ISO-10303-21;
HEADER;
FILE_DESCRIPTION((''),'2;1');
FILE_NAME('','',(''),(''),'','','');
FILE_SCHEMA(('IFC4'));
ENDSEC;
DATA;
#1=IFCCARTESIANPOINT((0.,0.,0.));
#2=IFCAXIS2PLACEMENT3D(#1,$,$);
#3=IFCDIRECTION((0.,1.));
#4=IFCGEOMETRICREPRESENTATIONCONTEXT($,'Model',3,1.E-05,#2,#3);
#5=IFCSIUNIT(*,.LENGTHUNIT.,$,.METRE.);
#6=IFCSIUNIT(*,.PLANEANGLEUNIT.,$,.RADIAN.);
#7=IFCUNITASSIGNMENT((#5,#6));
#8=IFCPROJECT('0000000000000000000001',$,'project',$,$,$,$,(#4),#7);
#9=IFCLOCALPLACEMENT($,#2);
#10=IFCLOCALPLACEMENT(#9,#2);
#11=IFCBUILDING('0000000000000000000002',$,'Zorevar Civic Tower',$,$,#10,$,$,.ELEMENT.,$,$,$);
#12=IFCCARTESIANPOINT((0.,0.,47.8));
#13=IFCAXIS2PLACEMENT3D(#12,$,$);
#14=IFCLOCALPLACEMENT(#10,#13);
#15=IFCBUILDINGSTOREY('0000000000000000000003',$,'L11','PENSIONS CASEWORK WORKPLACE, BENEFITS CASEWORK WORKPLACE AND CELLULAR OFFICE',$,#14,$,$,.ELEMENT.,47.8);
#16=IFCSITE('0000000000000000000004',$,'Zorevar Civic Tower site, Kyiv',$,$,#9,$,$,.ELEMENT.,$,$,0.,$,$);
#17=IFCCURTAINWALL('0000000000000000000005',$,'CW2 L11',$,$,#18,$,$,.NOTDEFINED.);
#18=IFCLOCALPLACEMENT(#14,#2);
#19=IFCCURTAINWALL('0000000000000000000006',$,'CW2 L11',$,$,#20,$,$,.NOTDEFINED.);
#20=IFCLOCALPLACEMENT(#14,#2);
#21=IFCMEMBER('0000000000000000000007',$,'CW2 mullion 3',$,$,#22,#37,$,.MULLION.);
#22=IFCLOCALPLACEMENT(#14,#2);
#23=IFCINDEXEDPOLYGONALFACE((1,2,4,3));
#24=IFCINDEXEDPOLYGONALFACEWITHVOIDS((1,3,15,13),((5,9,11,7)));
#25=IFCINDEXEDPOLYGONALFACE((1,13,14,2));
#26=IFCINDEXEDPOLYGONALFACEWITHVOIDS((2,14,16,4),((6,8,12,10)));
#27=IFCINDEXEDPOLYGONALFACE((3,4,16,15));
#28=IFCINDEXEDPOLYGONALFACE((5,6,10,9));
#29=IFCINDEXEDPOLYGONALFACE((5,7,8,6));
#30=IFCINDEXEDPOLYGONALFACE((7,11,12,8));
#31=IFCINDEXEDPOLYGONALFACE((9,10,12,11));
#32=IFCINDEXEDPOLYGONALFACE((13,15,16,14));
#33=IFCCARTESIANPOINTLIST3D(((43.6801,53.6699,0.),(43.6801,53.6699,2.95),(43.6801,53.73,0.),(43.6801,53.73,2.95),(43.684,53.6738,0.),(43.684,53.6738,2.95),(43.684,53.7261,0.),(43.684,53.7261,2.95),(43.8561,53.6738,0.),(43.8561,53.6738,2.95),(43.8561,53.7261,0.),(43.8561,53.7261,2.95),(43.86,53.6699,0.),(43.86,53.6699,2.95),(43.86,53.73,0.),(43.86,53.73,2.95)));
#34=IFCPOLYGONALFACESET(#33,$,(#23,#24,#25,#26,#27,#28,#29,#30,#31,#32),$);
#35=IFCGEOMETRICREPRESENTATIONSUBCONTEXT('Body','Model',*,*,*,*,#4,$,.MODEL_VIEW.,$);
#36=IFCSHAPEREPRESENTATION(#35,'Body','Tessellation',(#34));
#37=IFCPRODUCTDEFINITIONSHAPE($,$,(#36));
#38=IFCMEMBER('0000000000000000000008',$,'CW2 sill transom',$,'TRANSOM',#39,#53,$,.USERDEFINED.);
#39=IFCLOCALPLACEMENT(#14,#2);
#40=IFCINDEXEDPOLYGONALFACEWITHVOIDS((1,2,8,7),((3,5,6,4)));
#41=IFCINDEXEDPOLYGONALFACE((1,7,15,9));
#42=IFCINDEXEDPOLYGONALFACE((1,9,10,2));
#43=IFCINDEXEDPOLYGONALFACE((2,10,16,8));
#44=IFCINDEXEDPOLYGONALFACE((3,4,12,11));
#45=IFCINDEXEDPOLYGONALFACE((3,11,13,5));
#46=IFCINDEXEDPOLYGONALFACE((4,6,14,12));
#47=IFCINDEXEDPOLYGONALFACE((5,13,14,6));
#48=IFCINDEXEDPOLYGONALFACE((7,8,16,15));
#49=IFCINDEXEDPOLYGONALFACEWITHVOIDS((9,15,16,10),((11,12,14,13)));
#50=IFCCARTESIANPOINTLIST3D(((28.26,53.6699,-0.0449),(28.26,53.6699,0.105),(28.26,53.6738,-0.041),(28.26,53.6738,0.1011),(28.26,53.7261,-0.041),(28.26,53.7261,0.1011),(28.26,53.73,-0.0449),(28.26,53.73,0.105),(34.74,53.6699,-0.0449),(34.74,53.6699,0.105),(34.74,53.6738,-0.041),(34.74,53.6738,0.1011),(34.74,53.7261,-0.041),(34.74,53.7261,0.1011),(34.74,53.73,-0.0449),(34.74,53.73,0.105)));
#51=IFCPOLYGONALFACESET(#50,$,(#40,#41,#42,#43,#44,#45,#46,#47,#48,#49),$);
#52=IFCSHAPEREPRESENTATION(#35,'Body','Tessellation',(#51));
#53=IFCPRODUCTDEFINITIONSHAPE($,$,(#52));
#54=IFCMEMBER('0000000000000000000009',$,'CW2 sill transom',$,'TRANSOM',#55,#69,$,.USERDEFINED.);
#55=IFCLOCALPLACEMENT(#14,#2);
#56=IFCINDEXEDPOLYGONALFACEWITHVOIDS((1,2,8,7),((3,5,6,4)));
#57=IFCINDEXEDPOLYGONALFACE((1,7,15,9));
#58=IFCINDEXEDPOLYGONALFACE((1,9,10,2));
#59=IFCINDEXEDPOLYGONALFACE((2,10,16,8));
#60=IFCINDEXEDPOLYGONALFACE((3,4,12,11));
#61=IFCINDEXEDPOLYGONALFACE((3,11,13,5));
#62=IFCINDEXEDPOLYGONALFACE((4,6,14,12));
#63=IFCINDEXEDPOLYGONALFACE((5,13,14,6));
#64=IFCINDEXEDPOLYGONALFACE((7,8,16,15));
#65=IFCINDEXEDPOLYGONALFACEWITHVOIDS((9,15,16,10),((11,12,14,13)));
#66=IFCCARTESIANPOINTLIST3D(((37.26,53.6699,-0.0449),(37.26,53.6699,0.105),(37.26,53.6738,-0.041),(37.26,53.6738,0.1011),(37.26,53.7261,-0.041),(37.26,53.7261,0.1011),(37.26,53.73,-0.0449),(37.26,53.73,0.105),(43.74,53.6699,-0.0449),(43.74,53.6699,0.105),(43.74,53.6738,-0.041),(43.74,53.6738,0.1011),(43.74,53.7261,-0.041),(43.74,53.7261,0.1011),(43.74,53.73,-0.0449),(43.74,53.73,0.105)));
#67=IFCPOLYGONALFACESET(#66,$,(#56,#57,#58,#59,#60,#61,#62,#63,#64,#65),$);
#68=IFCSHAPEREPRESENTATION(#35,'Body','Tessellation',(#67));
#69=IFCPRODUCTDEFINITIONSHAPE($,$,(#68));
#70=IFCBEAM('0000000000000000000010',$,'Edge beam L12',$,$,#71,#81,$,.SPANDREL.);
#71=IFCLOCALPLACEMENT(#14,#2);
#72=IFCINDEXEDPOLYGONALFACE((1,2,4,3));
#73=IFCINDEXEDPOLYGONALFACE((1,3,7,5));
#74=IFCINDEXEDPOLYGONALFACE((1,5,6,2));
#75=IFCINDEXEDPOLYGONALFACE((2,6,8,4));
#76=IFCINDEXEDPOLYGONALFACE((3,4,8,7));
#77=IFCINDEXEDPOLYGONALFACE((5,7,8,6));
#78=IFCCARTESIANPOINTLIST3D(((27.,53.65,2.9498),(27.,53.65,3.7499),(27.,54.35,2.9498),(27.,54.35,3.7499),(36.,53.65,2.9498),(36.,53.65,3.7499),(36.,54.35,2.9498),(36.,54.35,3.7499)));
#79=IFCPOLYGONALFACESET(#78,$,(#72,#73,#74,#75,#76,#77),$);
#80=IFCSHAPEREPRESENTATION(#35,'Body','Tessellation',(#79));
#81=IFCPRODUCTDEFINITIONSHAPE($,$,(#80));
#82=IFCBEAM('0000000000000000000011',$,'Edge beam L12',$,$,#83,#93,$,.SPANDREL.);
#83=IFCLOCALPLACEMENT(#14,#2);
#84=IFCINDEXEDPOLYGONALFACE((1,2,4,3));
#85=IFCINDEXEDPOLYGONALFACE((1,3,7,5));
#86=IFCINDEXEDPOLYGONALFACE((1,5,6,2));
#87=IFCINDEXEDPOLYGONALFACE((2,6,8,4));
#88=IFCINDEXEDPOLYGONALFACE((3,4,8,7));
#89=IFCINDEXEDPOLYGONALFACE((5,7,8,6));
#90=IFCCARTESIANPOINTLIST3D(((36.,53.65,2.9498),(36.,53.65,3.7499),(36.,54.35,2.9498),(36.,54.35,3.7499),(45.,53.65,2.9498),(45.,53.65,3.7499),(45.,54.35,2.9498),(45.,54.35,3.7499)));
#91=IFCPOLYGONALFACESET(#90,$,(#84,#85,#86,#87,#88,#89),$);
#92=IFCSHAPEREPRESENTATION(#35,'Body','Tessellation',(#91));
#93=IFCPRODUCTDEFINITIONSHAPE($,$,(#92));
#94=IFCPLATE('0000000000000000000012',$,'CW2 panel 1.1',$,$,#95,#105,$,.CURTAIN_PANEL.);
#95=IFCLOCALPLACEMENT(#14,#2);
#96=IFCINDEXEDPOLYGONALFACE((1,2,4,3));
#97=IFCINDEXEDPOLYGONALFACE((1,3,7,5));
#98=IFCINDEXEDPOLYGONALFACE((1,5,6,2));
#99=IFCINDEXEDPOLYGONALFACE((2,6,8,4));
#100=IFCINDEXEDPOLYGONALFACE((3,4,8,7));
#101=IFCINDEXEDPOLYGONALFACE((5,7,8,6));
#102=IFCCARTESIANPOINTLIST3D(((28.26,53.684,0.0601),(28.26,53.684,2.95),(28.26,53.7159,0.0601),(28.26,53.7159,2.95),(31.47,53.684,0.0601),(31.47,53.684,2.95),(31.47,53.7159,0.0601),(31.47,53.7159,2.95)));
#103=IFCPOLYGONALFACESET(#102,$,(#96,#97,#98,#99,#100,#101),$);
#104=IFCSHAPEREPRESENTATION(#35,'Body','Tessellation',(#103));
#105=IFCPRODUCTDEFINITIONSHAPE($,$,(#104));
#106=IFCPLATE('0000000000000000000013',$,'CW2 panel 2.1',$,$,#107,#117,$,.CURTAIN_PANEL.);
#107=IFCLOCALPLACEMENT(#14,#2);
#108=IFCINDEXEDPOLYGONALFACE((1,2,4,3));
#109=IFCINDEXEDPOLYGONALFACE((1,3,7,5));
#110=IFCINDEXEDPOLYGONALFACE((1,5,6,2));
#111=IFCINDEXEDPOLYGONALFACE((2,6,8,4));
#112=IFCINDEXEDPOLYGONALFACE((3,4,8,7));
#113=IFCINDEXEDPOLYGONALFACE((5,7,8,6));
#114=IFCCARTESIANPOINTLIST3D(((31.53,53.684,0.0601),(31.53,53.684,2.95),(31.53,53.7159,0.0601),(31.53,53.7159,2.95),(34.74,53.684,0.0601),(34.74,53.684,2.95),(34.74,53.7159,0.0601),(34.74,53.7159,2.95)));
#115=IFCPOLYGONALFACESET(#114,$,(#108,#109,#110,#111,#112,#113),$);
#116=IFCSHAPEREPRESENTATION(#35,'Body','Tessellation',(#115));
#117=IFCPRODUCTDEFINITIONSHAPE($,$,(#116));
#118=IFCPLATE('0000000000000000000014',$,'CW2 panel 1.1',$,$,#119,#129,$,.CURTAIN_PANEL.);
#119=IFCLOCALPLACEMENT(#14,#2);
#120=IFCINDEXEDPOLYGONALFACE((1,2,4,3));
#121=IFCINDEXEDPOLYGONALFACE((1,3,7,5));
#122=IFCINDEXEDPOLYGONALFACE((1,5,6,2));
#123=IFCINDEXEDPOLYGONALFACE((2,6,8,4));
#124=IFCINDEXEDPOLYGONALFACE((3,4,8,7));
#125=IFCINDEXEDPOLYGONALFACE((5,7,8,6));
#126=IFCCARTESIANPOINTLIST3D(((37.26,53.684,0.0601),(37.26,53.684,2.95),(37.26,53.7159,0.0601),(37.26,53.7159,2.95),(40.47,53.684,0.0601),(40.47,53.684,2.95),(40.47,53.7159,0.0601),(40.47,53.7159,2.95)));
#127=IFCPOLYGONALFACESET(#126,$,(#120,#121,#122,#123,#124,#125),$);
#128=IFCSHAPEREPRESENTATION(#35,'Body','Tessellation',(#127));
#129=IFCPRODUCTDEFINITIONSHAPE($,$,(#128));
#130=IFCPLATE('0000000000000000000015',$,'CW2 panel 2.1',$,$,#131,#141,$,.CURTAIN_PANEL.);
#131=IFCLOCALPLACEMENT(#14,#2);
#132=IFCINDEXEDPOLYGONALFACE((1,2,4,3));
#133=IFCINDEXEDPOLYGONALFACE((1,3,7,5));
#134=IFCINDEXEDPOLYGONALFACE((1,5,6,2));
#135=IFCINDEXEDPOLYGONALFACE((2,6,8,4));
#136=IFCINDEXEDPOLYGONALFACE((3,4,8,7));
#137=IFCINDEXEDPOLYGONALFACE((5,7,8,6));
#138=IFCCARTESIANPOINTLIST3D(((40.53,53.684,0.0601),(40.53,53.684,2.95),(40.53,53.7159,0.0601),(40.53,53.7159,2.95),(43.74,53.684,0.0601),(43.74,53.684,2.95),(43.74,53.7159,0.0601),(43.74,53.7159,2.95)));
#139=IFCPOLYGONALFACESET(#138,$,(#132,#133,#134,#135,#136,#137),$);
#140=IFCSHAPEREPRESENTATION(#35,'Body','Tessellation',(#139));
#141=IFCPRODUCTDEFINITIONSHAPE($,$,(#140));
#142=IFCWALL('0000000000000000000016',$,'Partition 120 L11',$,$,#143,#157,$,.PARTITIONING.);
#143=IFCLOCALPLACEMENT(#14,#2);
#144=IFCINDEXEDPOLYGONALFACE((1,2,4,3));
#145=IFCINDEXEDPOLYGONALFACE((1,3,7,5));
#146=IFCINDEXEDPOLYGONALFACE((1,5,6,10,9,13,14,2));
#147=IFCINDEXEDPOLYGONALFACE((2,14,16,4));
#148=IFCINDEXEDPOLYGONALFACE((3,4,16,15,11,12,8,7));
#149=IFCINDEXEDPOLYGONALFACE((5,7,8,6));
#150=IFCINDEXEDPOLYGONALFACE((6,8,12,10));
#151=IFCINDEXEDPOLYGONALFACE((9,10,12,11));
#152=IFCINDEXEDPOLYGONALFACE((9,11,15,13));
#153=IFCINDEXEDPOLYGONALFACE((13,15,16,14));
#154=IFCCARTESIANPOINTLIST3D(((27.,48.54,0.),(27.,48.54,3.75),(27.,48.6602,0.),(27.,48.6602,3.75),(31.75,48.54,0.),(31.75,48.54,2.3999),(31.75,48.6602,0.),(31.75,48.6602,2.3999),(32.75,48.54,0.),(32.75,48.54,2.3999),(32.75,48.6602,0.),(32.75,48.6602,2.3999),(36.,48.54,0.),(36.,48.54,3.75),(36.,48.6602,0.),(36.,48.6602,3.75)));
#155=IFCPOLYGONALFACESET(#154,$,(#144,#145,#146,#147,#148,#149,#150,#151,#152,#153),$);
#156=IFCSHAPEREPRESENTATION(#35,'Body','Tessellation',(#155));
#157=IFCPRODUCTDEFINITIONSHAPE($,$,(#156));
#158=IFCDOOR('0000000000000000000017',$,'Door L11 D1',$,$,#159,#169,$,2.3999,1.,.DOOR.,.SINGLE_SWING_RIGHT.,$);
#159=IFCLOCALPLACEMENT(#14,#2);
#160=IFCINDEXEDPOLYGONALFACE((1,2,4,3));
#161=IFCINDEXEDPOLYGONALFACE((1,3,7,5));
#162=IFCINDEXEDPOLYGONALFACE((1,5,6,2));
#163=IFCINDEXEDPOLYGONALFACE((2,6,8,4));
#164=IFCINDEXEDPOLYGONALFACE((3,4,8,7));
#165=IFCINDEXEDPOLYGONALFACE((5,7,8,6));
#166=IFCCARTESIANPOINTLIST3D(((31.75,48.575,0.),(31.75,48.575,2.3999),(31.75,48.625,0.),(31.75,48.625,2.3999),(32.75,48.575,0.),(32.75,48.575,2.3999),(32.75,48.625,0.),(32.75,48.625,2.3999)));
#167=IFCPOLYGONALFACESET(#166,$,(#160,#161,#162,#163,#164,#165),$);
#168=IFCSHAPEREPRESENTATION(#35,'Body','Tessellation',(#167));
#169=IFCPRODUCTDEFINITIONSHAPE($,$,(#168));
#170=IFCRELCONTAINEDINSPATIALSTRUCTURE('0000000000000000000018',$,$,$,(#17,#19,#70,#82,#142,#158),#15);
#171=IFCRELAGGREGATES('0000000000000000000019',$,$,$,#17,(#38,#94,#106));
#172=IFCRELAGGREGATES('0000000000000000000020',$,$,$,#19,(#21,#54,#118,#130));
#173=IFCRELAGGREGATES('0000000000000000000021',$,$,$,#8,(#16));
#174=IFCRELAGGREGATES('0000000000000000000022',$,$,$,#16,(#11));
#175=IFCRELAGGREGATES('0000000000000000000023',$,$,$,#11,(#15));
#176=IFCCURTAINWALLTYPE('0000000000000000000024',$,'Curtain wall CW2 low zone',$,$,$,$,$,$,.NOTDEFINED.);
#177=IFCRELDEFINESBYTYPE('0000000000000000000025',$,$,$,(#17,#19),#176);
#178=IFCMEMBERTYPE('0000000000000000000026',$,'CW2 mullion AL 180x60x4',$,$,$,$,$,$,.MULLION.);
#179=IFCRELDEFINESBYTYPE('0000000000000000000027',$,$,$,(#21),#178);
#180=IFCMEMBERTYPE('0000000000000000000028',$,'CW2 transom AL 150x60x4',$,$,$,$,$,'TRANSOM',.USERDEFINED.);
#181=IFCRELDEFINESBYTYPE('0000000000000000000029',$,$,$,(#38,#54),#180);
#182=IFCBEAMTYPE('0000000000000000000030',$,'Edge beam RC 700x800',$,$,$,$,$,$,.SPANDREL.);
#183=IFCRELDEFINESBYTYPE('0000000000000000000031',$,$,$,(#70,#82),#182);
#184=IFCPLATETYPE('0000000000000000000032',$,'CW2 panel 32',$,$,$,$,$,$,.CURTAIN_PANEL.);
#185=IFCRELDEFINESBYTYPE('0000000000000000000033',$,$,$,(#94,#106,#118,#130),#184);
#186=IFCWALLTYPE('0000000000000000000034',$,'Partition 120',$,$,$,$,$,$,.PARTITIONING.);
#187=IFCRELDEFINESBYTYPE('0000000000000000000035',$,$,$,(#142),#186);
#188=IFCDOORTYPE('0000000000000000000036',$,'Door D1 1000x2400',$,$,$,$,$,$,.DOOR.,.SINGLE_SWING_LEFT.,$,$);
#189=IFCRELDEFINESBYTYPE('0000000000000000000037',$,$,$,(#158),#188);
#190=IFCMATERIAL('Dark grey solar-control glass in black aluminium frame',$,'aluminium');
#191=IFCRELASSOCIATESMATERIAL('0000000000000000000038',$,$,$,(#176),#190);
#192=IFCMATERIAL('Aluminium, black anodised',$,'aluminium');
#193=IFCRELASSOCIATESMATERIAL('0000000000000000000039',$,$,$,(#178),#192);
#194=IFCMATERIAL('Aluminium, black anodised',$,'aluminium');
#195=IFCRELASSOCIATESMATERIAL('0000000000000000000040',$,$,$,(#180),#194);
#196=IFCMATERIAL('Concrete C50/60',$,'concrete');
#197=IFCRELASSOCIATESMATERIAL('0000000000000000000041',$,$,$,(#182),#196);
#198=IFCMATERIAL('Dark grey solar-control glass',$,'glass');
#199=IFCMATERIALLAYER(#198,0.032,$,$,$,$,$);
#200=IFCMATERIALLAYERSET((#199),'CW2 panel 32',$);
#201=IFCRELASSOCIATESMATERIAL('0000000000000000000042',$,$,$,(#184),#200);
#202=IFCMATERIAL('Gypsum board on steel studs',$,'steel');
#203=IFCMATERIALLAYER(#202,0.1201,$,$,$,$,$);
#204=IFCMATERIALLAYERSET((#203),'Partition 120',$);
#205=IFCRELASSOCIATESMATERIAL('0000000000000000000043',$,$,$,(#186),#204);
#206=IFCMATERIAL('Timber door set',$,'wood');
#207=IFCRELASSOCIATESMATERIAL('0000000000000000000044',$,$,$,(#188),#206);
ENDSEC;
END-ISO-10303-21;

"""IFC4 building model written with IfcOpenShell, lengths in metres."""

from ifc_helpers import new_model, si_unit, direction, frame, frame_2d, origin, origin_2d, place, context, subcontext, project, spatial, rectangle, hollow_rectangle, extrude, material, layer, layer_set, material_profile, profile_set, type_object, element, fill, aggregate, save


model = new_model("IFC4")

# Units and contexts
model_context = context("Model", 3, precision=1e-05, world=origin(), true_north=direction((0.0, 1.0)))
body_context = subcontext(model_context, "Body", "Model", "MODEL_VIEW")
ifc_project = project(units=[si_unit("LENGTHUNIT", "METRE"), si_unit("PLANEANGLEUNIT", "RADIAN")], contexts=[model_context])

# Site, building, storey
site_placement = place(None, origin())
site = spatial("IfcSite", under=ifc_project, at=site_placement, Name="Zorevar Civic Tower site, Kyiv", CompositionType="ELEMENT", RefElevation=0.0)
building_placement = place(site_placement, origin())
building = spatial("IfcBuilding", under=site, at=building_placement, Name="Zorevar Civic Tower", CompositionType="ELEMENT")
storey_placement = place(building_placement, frame((0.0, 0.0, 47.8)))
storey = spatial("IfcBuildingStorey", under=building, at=storey_placement, Name="L11", Description="PENSIONS CASEWORK WORKPLACE, BENEFITS CASEWORK WORKPLACE AND CELLULAR OFFICE", CompositionType="ELEMENT", Elevation=47.8)

# Curtain walls, member
ifc_material_1 = material(Name="Dark grey solar-control glass in black aluminium frame", Category="aluminium")
curtain_wall_type = type_object("IfcCurtainWallType", Name="Curtain wall CW2 low zone", PredefinedType="NOTDEFINED", material=ifc_material_1)
curtain_wall_1_placement = place(storey_placement, origin())
curtain_wall_1 = element("IfcCurtainWall", 1, at=curtain_wall_1_placement, inside=storey, type_object=curtain_wall_type, Name="CW2 L11", PredefinedType="NOTDEFINED")
ifc_material_2 = material(Name="Aluminium, black anodised", Category="aluminium")
ifc_material_profile_1 = material_profile(ifc_material_2, hollow_rectangle(XDim=0.0601, YDim=0.1799, WallThickness=0.0039, at=origin_2d()), Name="AL 180x60x4")
ifc_profile_set_1 = profile_set([ifc_material_profile_1], Name="Aluminium, black anodised")
member_type_1 = type_object("IfcMemberType", Name="CW2 mullion AL 180x60x4", PredefinedType="MULLION", material=ifc_profile_set_1)
curtain_wall_2_placement = place(storey_placement, origin())
curtain_wall_2 = element("IfcCurtainWall", 2, at=curtain_wall_2_placement, inside=storey, type_object=curtain_wall_type, Name="CW2 L11", PredefinedType="NOTDEFINED")
member_1_placement = place(storey_placement, frame((43.77, 53.7, 0.0), z_axis=(0.0, 0.0, 1.0), x_axis=(0.0, 1.0, 0.0)))
member_1 = element("IfcMember", 3, at=member_1_placement, type_object=member_type_1, Name="CW2 mullion 3", PredefinedType="MULLION", context=body_context, shape_type="SweptSolid", body=[
    extrude(hollow_rectangle(XDim=0.0601, YDim=0.1799, WallThickness=0.0039, at=origin_2d()), origin(), (0.0, 0.0, 1.0), 2.95),
])

# Members
ifc_material_3 = material(Name="Aluminium, black anodised", Category="aluminium")
ifc_material_profile_2 = material_profile(ifc_material_3, hollow_rectangle(XDim=0.0601, YDim=0.1499, WallThickness=0.0039, at=origin_2d()), Name="AL 150x60x4")
ifc_profile_set_2 = profile_set([ifc_material_profile_2], Name="Aluminium, black anodised")
member_type_2 = type_object("IfcMemberType", Name="CW2 transom AL 150x60x4", ElementType="TRANSOM", PredefinedType="USERDEFINED", material=ifc_profile_set_2)
member_2_placement = place(storey_placement, frame((28.26, 53.7, 0.03), z_axis=(1.0, 0.0, 0.0), x_axis=(0.0, 1.0, 0.0)))
member_2 = element("IfcMember", 4, at=member_2_placement, type_object=member_type_2, Name="CW2 sill transom", ObjectType="TRANSOM", PredefinedType="USERDEFINED", context=body_context, shape_type="SweptSolid", body=[
    extrude(hollow_rectangle(XDim=0.0601, YDim=0.1499, WallThickness=0.0039, at=origin_2d()), origin(), (0.0, 0.0, 1.0), 6.48),
])
member_3_placement = place(storey_placement, frame((37.26, 53.7, 0.03), z_axis=(1.0, 0.0, 0.0), x_axis=(0.0, 1.0, 0.0)))
member_3 = element("IfcMember", 5, at=member_3_placement, type_object=member_type_2, Name="CW2 sill transom", ObjectType="TRANSOM", PredefinedType="USERDEFINED", context=body_context, shape_type="SweptSolid", body=[
    extrude(hollow_rectangle(XDim=0.0601, YDim=0.1499, WallThickness=0.0039, at=origin_2d()), origin(), (0.0, 0.0, 1.0), 6.48),
])

# Beams
ifc_material_4 = material(Name="Concrete C50/60", Category="concrete")
ifc_material_profile_3 = material_profile(ifc_material_4, rectangle(XDim=0.7, YDim=0.8, at=origin_2d()), Name="RC 700x800")
ifc_profile_set_3 = profile_set([ifc_material_profile_3], Name="Concrete C50/60")
beam_type_1 = type_object("IfcBeamType", Name="Edge beam RC 700x800", PredefinedType="SPANDREL", material=ifc_profile_set_3)
for number, where, z_axis, x_axis, name in (
    (6, (27.0, 54.0, 3.3499), (1.0, 0.0, 0.0), (0.0, 1.0, 0.0), "Edge beam L12"),
    (7, (36.0, 54.0, 3.3499), (1.0, 0.0, 0.0), (0.0, 1.0, 0.0), "Edge beam L12"),
):
    element("IfcBeam", number, at=place(storey_placement, frame(where, z_axis=z_axis, x_axis=x_axis)), inside=storey, type_object=beam_type_1, Name=name, PredefinedType="SPANDREL", context=body_context, shape_type="SweptSolid", body=[
        extrude(rectangle(XDim=0.7, YDim=0.8, at=origin_2d()), origin(), (0.0, 0.0, 1.0), 9.0),
    ])

# Plates
ifc_material_5 = material(Name="Dark grey solar-control glass", Category="glass")
ifc_layer_1 = layer(ifc_material_5, 0.032)
ifc_layer_set_1 = layer_set([ifc_layer_1], Name="CW2 panel 32")
plate_type = type_object("IfcPlateType", Name="CW2 panel 32", PredefinedType="CURTAIN_PANEL", material=ifc_layer_set_1)
plate_1_placement = place(storey_placement, frame((29.865, 53.7, 0.0601), z_axis=(0.0, 0.0, 1.0), x_axis=(1.0, 0.0, 0.0)))
plate_1 = element("IfcPlate", 8, at=plate_1_placement, type_object=plate_type, Name="CW2 panel 1.1", PredefinedType="CURTAIN_PANEL", context=body_context, shape_type="SweptSolid", body=[
    extrude(rectangle(XDim=3.21, YDim=0.032, at=origin_2d()), origin(), (0.0, 0.0, 1.0), 2.8899),
])
plate_2_placement = place(storey_placement, frame((33.135, 53.7, 0.0601), z_axis=(0.0, 0.0, 1.0), x_axis=(1.0, 0.0, 0.0)))
plate_2 = element("IfcPlate", 9, at=plate_2_placement, type_object=plate_type, Name="CW2 panel 2.1", PredefinedType="CURTAIN_PANEL", context=body_context, shape_type="SweptSolid", body=[
    extrude(rectangle(XDim=3.21, YDim=0.032, at=origin_2d()), origin(), (0.0, 0.0, 1.0), 2.8899),
])
aggregate(curtain_wall_1, [member_2, plate_1, plate_2])
plate_3_placement = place(storey_placement, frame((38.865, 53.7, 0.0601), z_axis=(0.0, 0.0, 1.0), x_axis=(1.0, 0.0, 0.0)))
plate_3 = element("IfcPlate", 10, at=plate_3_placement, type_object=plate_type, Name="CW2 panel 1.1", PredefinedType="CURTAIN_PANEL", context=body_context, shape_type="SweptSolid", body=[
    extrude(rectangle(XDim=3.21, YDim=0.032, at=origin_2d()), origin(), (0.0, 0.0, 1.0), 2.8899),
])
plate_4_placement = place(storey_placement, frame((42.135, 53.7, 0.0601), z_axis=(0.0, 0.0, 1.0), x_axis=(1.0, 0.0, 0.0)))
plate_4 = element("IfcPlate", 11, at=plate_4_placement, type_object=plate_type, Name="CW2 panel 2.1", PredefinedType="CURTAIN_PANEL", context=body_context, shape_type="SweptSolid", body=[
    extrude(rectangle(XDim=3.21, YDim=0.032, at=origin_2d()), origin(), (0.0, 0.0, 1.0), 2.8899),
])
aggregate(curtain_wall_2, [member_1, member_3, plate_3, plate_4])

# Wall, opening, door
ifc_material_6 = material(Name="Gypsum board on steel studs", Category="steel")
ifc_layer_2 = layer(ifc_material_6, 0.1201)
ifc_layer_set_2 = layer_set([ifc_layer_2], Name="Partition 120")
wall_type = type_object("IfcWallType", Name="Partition 120", PredefinedType="PARTITIONING", material=ifc_layer_set_2)
wall_1_placement = place(storey_placement, frame((27.0, 48.6001, 0.0), z_axis=(0.0, 0.0, 1.0), x_axis=(1.0, 0.0, 0.0)))
wall_1 = element("IfcWall", 12, at=wall_1_placement, inside=storey, type_object=wall_type, Name="Partition 120 L11", PredefinedType="PARTITIONING", context=body_context, shape_type="SweptSolid", body=[
    extrude(rectangle(XDim=9.0, YDim=0.1201, at=frame_2d((4.5, 0.0))), origin(), (0.0, 0.0, 1.0), 3.75),
])
opening_1_placement = place(wall_1_placement, frame((4.75, 0.0, 0.0)))
opening_1 = element("IfcOpeningElement", 13, at=opening_1_placement, cuts=wall_1, PredefinedType="OPENING", context=body_context, shape_type="SweptSolid", body=[
    extrude(rectangle(XDim=1.0, YDim=2.3999, at=frame_2d((0.5, 1.2))), frame((0.0, 0.0701, 0.0), z_axis=(0.0, -1.0, 0.0), x_axis=(1.0, 0.0, 0.0)), (0.0, 0.0, 1.0), 0.1401),
])
ifc_material_7 = material(Name="Timber door set", Category="wood")
door_type = type_object("IfcDoorType", Name="Door D1 1000x2400", OperationType="SINGLE_SWING_LEFT", PredefinedType="DOOR", material=ifc_material_7)
door_1_placement = place(opening_1_placement, origin())
door_1 = element("IfcDoor", 14, at=door_1_placement, inside=storey, type_object=door_type, Name="Door L11 D1", OperationType="SINGLE_SWING_RIGHT", OverallHeight=2.3999, OverallWidth=1.0, PredefinedType="DOOR", context=body_context, shape_type="SweptSolid", body=[
    extrude(rectangle(XDim=1.0, YDim=2.3999, at=frame_2d((0.5, 1.2))), frame((0.0, 0.0249, 0.0), z_axis=(0.0, -1.0, 0.0), x_axis=(1.0, 0.0, 0.0)), (0.0, 0.0, 1.0), 0.05),
])
fill(opening_1, door_1)

save(model, "model.ifc")
